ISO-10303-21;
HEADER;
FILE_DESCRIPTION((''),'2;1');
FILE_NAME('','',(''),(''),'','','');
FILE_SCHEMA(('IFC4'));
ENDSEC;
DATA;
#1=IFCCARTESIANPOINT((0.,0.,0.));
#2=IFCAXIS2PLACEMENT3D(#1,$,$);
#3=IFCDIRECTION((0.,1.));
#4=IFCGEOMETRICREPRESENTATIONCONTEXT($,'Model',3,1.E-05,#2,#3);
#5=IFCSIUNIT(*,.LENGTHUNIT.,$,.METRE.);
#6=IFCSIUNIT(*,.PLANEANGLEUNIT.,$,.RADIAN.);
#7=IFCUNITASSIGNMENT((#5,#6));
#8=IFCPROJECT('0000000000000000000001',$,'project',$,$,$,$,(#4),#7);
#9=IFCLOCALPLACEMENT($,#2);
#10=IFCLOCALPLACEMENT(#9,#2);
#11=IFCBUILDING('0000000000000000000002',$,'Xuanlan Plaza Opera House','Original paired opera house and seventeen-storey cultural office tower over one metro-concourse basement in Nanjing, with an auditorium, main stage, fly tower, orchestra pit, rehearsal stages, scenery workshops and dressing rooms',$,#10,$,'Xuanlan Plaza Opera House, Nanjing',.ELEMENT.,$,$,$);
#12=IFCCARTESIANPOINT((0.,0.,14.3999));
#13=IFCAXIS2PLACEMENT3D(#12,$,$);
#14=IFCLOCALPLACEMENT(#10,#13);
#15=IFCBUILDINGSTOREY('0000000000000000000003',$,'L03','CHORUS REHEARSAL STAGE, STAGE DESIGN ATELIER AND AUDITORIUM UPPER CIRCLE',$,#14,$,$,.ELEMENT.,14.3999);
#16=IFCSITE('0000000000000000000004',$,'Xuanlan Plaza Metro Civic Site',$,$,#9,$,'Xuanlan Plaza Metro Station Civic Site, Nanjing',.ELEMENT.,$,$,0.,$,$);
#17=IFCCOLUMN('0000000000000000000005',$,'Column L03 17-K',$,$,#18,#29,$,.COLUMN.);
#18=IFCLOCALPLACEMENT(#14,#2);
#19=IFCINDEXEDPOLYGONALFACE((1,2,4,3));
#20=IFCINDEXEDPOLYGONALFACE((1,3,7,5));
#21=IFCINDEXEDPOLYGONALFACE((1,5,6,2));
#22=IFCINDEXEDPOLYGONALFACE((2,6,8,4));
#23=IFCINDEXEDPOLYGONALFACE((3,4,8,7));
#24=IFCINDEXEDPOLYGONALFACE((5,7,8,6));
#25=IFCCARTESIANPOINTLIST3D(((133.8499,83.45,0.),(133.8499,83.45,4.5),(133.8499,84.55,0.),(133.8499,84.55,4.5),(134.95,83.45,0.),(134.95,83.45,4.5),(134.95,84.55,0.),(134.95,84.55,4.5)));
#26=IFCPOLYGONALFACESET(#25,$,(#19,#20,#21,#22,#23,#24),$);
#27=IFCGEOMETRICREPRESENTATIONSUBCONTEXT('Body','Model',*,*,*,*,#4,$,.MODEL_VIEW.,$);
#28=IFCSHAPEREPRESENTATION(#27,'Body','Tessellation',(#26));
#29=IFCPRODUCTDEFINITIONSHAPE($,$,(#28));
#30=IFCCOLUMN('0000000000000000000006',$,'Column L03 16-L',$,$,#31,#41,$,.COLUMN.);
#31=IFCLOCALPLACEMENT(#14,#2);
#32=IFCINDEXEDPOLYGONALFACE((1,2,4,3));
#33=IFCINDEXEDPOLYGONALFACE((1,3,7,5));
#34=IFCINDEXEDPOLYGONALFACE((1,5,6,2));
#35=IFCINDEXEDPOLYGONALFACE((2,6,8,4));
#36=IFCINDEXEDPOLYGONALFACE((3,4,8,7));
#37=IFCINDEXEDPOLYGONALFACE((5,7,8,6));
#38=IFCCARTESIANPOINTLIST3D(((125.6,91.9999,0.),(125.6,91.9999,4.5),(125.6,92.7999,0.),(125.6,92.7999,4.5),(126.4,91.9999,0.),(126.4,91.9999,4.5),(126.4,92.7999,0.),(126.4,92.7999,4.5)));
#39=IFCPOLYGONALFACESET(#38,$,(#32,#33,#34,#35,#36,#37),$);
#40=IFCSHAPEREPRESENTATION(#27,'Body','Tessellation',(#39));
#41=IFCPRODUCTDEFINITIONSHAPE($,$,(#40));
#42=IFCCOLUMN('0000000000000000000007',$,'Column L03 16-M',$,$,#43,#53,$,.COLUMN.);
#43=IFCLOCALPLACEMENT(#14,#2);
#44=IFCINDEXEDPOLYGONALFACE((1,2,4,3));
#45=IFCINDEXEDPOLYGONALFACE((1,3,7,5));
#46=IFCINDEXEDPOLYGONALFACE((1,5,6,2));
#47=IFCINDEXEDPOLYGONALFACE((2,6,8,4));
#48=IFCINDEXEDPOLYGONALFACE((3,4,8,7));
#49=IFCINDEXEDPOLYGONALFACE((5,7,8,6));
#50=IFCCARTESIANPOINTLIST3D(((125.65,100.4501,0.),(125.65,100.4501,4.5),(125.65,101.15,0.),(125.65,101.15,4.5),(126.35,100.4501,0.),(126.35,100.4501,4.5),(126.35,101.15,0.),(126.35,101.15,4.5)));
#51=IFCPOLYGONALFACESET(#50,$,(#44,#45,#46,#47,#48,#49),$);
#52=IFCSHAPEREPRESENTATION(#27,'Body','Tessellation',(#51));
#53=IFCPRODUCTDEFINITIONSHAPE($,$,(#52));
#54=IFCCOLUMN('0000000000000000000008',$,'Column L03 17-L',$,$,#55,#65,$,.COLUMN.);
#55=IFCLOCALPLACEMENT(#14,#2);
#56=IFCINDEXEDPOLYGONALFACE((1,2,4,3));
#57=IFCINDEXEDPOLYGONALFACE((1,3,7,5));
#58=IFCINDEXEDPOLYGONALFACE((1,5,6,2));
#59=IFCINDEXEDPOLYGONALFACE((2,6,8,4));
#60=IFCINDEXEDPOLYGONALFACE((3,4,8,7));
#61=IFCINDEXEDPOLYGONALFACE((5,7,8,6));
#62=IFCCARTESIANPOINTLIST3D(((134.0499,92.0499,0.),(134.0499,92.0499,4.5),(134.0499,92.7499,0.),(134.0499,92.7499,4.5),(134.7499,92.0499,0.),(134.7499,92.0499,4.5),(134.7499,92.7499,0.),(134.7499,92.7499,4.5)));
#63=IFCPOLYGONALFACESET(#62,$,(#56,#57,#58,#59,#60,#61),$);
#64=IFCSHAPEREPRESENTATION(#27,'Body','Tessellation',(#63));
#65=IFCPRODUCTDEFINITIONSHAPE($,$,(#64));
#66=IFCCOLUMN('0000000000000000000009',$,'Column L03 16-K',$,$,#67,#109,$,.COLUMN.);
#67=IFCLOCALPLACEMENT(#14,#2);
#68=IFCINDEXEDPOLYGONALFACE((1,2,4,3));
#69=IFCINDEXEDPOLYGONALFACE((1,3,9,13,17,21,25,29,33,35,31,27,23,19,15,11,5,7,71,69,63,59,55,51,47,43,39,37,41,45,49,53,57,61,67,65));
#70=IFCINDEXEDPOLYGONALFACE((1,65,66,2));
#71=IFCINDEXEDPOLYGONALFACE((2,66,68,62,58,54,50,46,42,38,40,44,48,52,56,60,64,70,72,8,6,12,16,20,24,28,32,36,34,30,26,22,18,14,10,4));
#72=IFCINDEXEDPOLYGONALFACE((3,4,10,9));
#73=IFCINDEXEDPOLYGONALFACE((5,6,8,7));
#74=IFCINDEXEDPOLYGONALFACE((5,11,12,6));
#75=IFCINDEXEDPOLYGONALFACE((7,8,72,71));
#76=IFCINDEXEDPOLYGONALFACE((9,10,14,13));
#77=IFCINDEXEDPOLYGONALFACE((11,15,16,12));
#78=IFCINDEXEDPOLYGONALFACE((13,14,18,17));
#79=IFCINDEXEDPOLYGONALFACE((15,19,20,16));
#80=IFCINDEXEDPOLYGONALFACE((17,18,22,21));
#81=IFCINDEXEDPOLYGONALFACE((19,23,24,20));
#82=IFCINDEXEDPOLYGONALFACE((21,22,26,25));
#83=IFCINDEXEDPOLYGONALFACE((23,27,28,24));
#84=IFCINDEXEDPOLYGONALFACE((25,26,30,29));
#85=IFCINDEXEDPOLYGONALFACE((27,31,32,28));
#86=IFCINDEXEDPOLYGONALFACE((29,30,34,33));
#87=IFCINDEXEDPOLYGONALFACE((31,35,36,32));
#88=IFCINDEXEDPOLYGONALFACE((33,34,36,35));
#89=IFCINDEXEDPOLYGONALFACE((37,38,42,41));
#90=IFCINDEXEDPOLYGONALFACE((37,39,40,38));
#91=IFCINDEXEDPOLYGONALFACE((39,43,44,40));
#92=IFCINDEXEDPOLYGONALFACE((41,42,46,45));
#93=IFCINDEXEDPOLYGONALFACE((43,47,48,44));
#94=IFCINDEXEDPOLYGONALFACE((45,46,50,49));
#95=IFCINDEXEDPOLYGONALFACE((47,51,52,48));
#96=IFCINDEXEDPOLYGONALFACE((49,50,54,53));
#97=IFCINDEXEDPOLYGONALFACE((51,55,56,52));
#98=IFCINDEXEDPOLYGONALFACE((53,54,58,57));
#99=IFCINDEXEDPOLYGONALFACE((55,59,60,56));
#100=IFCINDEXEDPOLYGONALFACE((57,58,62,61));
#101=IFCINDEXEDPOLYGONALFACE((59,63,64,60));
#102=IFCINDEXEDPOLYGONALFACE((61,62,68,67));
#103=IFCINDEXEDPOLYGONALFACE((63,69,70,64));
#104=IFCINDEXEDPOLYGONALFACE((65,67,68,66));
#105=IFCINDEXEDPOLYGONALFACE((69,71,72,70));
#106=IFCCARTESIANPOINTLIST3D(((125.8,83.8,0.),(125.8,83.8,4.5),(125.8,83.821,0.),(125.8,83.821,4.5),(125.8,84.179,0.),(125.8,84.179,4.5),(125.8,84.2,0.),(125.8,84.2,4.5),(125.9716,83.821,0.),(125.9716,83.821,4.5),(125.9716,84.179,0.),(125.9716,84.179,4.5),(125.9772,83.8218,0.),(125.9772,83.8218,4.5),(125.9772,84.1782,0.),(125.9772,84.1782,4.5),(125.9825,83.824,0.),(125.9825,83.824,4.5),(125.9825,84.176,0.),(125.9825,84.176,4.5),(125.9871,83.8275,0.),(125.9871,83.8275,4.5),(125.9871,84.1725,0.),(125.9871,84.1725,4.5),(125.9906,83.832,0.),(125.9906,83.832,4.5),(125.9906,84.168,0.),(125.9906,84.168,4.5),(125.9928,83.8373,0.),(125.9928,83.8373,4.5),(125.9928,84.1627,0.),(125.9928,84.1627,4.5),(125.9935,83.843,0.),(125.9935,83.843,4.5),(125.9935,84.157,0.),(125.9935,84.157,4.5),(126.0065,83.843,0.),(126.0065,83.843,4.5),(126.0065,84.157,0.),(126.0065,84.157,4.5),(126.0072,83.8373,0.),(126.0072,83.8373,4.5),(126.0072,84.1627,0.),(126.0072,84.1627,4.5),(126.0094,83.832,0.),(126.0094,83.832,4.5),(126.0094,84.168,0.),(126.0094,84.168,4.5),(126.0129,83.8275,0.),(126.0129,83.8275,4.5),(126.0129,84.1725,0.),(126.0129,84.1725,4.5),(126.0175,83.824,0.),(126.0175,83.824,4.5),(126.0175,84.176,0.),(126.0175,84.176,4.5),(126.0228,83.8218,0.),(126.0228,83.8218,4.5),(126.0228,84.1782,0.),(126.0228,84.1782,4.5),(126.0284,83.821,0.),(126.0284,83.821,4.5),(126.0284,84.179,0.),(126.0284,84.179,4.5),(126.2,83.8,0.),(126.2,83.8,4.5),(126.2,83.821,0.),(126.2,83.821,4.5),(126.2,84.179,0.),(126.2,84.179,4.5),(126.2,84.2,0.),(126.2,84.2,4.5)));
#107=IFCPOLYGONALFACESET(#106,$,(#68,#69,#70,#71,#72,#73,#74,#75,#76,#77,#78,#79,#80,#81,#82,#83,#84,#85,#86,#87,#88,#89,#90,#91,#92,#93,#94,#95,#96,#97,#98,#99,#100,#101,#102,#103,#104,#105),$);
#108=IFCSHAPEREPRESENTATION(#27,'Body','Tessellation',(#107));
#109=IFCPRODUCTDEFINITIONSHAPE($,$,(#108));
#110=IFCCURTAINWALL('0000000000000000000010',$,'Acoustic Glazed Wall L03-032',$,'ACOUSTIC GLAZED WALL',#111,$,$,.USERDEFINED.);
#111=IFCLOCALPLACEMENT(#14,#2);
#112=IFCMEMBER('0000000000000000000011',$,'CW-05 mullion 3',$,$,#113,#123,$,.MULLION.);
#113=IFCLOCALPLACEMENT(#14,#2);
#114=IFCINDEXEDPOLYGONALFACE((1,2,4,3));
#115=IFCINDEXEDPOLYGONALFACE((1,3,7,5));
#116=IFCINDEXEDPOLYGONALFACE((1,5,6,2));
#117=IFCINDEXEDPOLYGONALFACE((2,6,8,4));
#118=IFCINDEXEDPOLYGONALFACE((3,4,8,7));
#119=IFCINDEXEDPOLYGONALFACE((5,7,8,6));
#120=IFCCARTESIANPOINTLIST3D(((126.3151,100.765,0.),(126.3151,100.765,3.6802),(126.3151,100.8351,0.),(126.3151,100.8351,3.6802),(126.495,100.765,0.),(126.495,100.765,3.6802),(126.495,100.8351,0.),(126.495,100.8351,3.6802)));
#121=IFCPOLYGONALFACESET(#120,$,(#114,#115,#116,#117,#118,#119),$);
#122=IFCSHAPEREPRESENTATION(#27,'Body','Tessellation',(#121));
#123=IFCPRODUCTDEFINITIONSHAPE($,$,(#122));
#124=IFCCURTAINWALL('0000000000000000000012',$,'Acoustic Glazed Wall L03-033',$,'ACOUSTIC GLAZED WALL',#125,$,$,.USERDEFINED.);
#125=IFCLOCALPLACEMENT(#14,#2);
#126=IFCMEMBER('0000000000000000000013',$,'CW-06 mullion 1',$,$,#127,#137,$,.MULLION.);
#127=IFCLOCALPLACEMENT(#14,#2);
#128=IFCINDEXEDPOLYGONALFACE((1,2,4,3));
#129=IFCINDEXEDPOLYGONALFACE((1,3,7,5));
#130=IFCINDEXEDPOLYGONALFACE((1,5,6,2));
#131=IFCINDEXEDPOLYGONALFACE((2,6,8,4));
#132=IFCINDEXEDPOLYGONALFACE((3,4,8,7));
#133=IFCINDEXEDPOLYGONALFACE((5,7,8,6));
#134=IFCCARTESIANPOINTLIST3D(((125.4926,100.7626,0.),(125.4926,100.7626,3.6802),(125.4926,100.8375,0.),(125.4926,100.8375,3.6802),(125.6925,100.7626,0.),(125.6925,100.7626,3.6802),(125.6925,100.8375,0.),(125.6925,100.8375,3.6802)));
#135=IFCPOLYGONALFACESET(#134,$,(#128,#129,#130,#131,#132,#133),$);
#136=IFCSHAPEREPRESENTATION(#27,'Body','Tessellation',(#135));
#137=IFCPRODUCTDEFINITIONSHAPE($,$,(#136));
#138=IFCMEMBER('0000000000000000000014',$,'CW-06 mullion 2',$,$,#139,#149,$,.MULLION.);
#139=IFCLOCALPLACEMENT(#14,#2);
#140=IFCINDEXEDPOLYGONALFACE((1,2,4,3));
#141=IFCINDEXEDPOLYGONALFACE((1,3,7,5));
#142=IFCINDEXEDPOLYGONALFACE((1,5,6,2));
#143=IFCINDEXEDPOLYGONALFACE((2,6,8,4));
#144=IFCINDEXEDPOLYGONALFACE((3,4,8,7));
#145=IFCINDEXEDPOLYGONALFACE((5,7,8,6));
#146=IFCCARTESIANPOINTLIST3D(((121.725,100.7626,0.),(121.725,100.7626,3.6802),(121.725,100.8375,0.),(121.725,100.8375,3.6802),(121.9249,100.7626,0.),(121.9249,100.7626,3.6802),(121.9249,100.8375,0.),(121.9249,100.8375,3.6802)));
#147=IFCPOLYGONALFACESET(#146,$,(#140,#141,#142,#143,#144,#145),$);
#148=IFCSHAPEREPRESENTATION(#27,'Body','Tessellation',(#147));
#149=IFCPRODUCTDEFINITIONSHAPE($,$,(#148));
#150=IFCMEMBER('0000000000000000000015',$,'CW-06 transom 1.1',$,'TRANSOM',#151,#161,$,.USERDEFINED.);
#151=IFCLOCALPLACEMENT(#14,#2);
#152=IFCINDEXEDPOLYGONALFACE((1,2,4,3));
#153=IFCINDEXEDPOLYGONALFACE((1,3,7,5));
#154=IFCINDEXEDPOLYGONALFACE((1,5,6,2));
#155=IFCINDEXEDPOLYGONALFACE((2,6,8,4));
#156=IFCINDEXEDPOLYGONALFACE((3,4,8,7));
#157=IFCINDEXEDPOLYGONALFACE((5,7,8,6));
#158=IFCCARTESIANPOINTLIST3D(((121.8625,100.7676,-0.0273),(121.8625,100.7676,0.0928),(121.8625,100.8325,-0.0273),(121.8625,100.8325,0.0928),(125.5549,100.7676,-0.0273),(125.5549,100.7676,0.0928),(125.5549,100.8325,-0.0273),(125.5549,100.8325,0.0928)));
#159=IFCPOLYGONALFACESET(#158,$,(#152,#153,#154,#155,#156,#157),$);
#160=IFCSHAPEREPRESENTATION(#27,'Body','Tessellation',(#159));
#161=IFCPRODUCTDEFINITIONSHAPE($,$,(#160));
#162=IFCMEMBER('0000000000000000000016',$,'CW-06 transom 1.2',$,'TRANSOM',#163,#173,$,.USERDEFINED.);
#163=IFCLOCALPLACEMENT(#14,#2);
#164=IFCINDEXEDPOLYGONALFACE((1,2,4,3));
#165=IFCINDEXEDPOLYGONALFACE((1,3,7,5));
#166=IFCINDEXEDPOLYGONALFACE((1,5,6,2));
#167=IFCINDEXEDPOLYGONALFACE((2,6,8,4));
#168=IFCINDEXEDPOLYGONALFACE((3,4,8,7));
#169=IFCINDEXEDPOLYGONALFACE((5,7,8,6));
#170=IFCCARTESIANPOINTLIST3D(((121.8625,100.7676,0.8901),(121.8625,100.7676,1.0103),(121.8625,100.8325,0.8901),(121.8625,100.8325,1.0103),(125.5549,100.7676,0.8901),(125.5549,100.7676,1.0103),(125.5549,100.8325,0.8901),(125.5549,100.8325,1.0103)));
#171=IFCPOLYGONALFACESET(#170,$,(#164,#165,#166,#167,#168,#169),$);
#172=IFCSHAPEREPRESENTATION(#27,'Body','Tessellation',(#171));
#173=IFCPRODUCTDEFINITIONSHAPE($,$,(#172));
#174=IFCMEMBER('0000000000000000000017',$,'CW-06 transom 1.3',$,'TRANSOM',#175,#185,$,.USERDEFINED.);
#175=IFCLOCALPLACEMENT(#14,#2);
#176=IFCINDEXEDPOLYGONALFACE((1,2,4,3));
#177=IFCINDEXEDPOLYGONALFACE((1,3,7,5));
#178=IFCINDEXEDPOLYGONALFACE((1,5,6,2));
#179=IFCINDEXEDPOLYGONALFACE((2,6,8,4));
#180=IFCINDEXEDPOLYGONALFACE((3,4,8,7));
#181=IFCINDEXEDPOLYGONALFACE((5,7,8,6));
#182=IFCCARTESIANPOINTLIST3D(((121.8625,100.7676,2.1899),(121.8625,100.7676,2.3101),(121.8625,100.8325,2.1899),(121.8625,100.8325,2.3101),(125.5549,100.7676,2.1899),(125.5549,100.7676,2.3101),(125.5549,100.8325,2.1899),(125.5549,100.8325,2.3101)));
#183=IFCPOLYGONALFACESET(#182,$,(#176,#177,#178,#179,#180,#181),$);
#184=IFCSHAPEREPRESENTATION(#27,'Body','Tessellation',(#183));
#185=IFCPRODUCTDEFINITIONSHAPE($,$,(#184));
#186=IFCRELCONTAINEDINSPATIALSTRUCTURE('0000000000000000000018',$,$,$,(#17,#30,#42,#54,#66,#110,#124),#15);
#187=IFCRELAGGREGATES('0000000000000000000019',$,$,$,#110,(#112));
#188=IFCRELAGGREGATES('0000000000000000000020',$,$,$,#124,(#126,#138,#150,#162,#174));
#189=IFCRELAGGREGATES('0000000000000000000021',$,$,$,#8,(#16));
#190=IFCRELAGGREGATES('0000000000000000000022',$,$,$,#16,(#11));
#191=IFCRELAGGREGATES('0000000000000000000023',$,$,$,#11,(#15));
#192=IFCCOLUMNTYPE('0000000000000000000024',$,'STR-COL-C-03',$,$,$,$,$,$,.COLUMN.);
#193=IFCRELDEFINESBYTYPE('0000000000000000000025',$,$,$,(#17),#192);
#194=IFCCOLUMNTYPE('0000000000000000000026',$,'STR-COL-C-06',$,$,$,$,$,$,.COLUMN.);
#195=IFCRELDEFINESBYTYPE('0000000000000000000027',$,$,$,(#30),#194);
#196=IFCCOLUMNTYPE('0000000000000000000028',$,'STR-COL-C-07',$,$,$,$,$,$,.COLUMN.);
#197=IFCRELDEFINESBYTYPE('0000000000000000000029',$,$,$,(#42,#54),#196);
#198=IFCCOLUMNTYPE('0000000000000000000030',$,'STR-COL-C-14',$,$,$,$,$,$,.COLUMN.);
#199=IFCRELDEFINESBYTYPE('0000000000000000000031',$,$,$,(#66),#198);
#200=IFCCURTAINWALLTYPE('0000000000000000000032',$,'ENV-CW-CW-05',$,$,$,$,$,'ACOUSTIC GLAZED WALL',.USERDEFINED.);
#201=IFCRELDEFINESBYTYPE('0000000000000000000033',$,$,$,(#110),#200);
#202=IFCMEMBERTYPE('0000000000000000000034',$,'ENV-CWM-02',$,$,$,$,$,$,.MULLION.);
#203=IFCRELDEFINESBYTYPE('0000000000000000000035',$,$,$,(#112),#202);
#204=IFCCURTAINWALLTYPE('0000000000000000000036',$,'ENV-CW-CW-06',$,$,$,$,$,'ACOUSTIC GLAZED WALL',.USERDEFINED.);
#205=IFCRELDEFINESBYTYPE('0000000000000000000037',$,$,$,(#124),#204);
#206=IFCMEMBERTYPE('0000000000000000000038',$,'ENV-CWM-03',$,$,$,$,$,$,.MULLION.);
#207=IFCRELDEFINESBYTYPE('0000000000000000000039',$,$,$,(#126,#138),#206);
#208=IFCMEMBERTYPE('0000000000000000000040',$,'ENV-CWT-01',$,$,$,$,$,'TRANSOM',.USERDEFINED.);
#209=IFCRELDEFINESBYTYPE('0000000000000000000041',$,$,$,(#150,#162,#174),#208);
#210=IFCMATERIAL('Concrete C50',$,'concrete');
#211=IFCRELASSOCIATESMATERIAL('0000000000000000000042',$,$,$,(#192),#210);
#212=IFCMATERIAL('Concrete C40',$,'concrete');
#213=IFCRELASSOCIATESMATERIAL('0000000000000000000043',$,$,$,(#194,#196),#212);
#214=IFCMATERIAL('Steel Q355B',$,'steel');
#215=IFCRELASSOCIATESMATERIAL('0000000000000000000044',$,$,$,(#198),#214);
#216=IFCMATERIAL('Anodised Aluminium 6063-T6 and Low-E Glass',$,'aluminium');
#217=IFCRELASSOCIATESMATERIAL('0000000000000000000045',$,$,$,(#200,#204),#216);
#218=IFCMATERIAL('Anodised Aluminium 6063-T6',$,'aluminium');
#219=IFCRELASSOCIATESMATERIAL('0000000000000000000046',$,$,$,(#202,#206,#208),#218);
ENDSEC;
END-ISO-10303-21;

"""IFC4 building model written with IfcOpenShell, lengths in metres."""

from ifc_helpers import new_model, si_unit, direction, frame, origin, origin_2d, place, context, subcontext, project, spatial, rectangle, i_section, extrude, material, material_profile, profile_set, type_object, element, aggregate, save


model = new_model("IFC4")

# Units and contexts
model_context = context("Model", 3, precision=1e-05, world=origin(), true_north=direction((0.0, 1.0)))
body_context = subcontext(model_context, "Body", "Model", "MODEL_VIEW")
ifc_project = project(units=[si_unit("LENGTHUNIT", "METRE"), si_unit("PLANEANGLEUNIT", "RADIAN")], contexts=[model_context])

# Site, building, storey
site_placement = place(None, origin())
site = spatial("IfcSite", under=ifc_project, at=site_placement, Name="Xuanlan Plaza Metro Civic Site", LongName="Xuanlan Plaza Metro Station Civic Site, Nanjing", CompositionType="ELEMENT", RefElevation=0.0)
building_placement = place(site_placement, origin())
building = spatial("IfcBuilding", under=site, at=building_placement, Name="Xuanlan Plaza Opera House", Description="Original paired opera house and seventeen-storey cultural office tower over one metro-concourse basement in Nanjing, with an auditorium, main stage, fly tower, orchestra pit, rehearsal stages, scenery workshops and dressing rooms", LongName="Xuanlan Plaza Opera House, Nanjing", CompositionType="ELEMENT")
storey_placement = place(building_placement, frame((0.0, 0.0, 14.3999)))
storey = spatial("IfcBuildingStorey", under=building, at=storey_placement, Name="L03", Description="CHORUS REHEARSAL STAGE, STAGE DESIGN ATELIER AND AUDITORIUM UPPER CIRCLE", CompositionType="ELEMENT", Elevation=14.3999)

# Columns
ifc_material_1 = material(Name="Concrete C50", Category="concrete")
ifc_material_profile_1 = material_profile(ifc_material_1, rectangle(XDim=1.1001, YDim=1.1001, at=origin_2d()), Name="RC-COL 1100x1100")
ifc_profile_set_1 = profile_set([ifc_material_profile_1], Name="Concrete C50")
column_type_1 = type_object("IfcColumnType", Name="STR-COL-C-03", PredefinedType="COLUMN", material=ifc_profile_set_1)
column_1_placement = place(storey_placement, frame((134.3999, 84.0, 0.0), z_axis=(0.0, 0.0, 1.0), x_axis=(1.0, 0.0, 0.0)))
element("IfcColumn", 1, at=column_1_placement, inside=storey, type_object=column_type_1, Name="Column L03 17-K", PredefinedType="COLUMN", context=body_context, shape_type="SweptSolid", body=[
    extrude(rectangle(XDim=1.1001, YDim=1.1001, at=origin_2d()), origin(), (0.0, 0.0, 1.0), 4.5),
])
ifc_material_2 = material(Name="Concrete C40", Category="concrete")
ifc_material_profile_2 = material_profile(ifc_material_2, rectangle(XDim=0.8, YDim=0.8, at=origin_2d()), Name="RC-COL 800x800")
ifc_profile_set_2 = profile_set([ifc_material_profile_2], Name="Concrete C40")
column_type_2 = type_object("IfcColumnType", Name="STR-COL-C-06", PredefinedType="COLUMN", material=ifc_profile_set_2)
column_2_placement = place(storey_placement, frame((126.0, 92.3999, 0.0), z_axis=(0.0, 0.0, 1.0), x_axis=(1.0, 0.0, 0.0)))
element("IfcColumn", 2, at=column_2_placement, inside=storey, type_object=column_type_2, Name="Column L03 16-L", PredefinedType="COLUMN", context=body_context, shape_type="SweptSolid", body=[
    extrude(rectangle(XDim=0.8, YDim=0.8, at=origin_2d()), origin(), (0.0, 0.0, 1.0), 4.5),
])
ifc_material_profile_3 = material_profile(ifc_material_2, rectangle(XDim=0.7, YDim=0.7, at=origin_2d()), Name="RC-COL 700x700")
ifc_profile_set_3 = profile_set([ifc_material_profile_3], Name="Concrete C40")
column_type_3 = type_object("IfcColumnType", Name="STR-COL-C-07", PredefinedType="COLUMN", material=ifc_profile_set_3)
for number, where, z_axis, x_axis, name in (
    (3, (126.0, 100.8, 0.0), (0.0, 0.0, 1.0), (1.0, 0.0, 0.0), "Column L03 16-M"),
    (4, (134.3999, 92.3999, 0.0), (0.0, 0.0, 1.0), (1.0, 0.0, 0.0), "Column L03 17-L"),
):
    element("IfcColumn", number, at=place(storey_placement, frame(where, z_axis=z_axis, x_axis=x_axis)), inside=storey, type_object=column_type_3, Name=name, PredefinedType="COLUMN", context=body_context, shape_type="SweptSolid", body=[
        extrude(rectangle(XDim=0.7, YDim=0.7, at=origin_2d()), origin(), (0.0, 0.0, 1.0), 4.5),
    ])
ifc_material_3 = material(Name="Steel Q355B", Category="steel")
ifc_material_profile_4 = material_profile(ifc_material_3, i_section(OverallWidth=0.3999, OverallDepth=0.3999, WebThickness=0.0129, FlangeThickness=0.021, FilletRadius=0.022, at=origin_2d()), Name="HW 400x400x13x21")
ifc_profile_set_4 = profile_set([ifc_material_profile_4], Name="Steel Q355B")
column_type_4 = type_object("IfcColumnType", Name="STR-COL-C-14", PredefinedType="COLUMN", material=ifc_profile_set_4)
column_3_placement = place(storey_placement, frame((126.0, 84.0, 0.0), z_axis=(0.0, 0.0, 1.0), x_axis=(1.0, 0.0, 0.0)))
element("IfcColumn", 5, at=column_3_placement, inside=storey, type_object=column_type_4, Name="Column L03 16-K", PredefinedType="COLUMN", context=body_context, shape_type="SweptSolid", body=[
    extrude(i_section(OverallWidth=0.3999, OverallDepth=0.3999, WebThickness=0.0129, FlangeThickness=0.021, FilletRadius=0.022, at=origin_2d()), origin(), (0.0, 0.0, 1.0), 4.5),
])

# Curtain wall, member
ifc_material_4 = material(Name="Anodised Aluminium 6063-T6 and Low-E Glass", Category="aluminium")
curtain_wall_type_1 = type_object("IfcCurtainWallType", Name="ENV-CW-CW-05", ElementType="ACOUSTIC GLAZED WALL", PredefinedType="USERDEFINED", material=ifc_material_4)
curtain_wall_1_placement = place(storey_placement, origin())
curtain_wall_1 = element("IfcCurtainWall", 6, at=curtain_wall_1_placement, inside=storey, type_object=curtain_wall_type_1, Name="Acoustic Glazed Wall L03-032", ObjectType="ACOUSTIC GLAZED WALL", PredefinedType="USERDEFINED")
ifc_material_5 = material(Name="Anodised Aluminium 6063-T6", Category="aluminium")
ifc_material_profile_5 = material_profile(ifc_material_5, rectangle(XDim=0.0701, YDim=0.1799, at=origin_2d()), Name="ALU-M 70x180")
ifc_profile_set_5 = profile_set([ifc_material_profile_5], Name="Anodised Aluminium 6063-T6")
member_type_1 = type_object("IfcMemberType", Name="ENV-CWM-02", PredefinedType="MULLION", material=ifc_profile_set_5)
member_1_placement = place(storey_placement, frame((126.405, 100.8, 0.0), z_axis=(0.0, 0.0, 1.0), x_axis=(0.0, -1.0, 0.0)))
member_1 = element("IfcMember", 7, at=member_1_placement, type_object=member_type_1, Name="CW-05 mullion 3", PredefinedType="MULLION", context=body_context, shape_type="SweptSolid", body=[
    extrude(rectangle(XDim=0.0701, YDim=0.1799, at=origin_2d()), origin(), (0.0, 0.0, 1.0), 3.6802),
])
aggregate(curtain_wall_1, [member_1])

# Curtain wall, members
curtain_wall_type_2 = type_object("IfcCurtainWallType", Name="ENV-CW-CW-06", ElementType="ACOUSTIC GLAZED WALL", PredefinedType="USERDEFINED", material=ifc_material_4)
curtain_wall_2_placement = place(storey_placement, origin())
curtain_wall_2 = element("IfcCurtainWall", 8, at=curtain_wall_2_placement, inside=storey, type_object=curtain_wall_type_2, Name="Acoustic Glazed Wall L03-033", ObjectType="ACOUSTIC GLAZED WALL", PredefinedType="USERDEFINED")
ifc_material_profile_6 = material_profile(ifc_material_5, rectangle(XDim=0.075, YDim=0.2, at=origin_2d()), Name="ALU-M 75x200")
ifc_profile_set_6 = profile_set([ifc_material_profile_6], Name="Anodised Aluminium 6063-T6")
member_type_2 = type_object("IfcMemberType", Name="ENV-CWM-03", PredefinedType="MULLION", material=ifc_profile_set_6)
member_2_placement = place(storey_placement, frame((125.5925, 100.8, 0.0), z_axis=(0.0, 0.0, 1.0), x_axis=(0.0, -1.0, 0.0)))
member_2 = element("IfcMember", 9, at=member_2_placement, type_object=member_type_2, Name="CW-06 mullion 1", PredefinedType="MULLION", context=body_context, shape_type="SweptSolid", body=[
    extrude(rectangle(XDim=0.075, YDim=0.2, at=origin_2d()), origin(), (0.0, 0.0, 1.0), 3.6802),
])
member_3_placement = place(storey_placement, frame((121.825, 100.8, 0.0), z_axis=(0.0, 0.0, 1.0), x_axis=(0.0, -1.0, 0.0)))
member_3 = element("IfcMember", 10, at=member_3_placement, type_object=member_type_2, Name="CW-06 mullion 2", PredefinedType="MULLION", context=body_context, shape_type="SweptSolid", body=[
    extrude(rectangle(XDim=0.075, YDim=0.2, at=origin_2d()), origin(), (0.0, 0.0, 1.0), 3.6802),
])
ifc_material_profile_7 = material_profile(ifc_material_5, rectangle(XDim=0.0649, YDim=0.1201, at=origin_2d()), Name="ALU-T 65x120")
ifc_profile_set_7 = profile_set([ifc_material_profile_7], Name="Anodised Aluminium 6063-T6")
member_type_3 = type_object("IfcMemberType", Name="ENV-CWT-01", ElementType="TRANSOM", PredefinedType="USERDEFINED", material=ifc_profile_set_7)
member_4_placement = place(storey_placement, frame((125.5549, 100.8, 0.0327), z_axis=(-1.0, 0.0, 0.0), x_axis=(0.0, -1.0, 0.0)))
member_4 = element("IfcMember", 11, at=member_4_placement, type_object=member_type_3, Name="CW-06 transom 1.1", ObjectType="TRANSOM", PredefinedType="USERDEFINED", context=body_context, shape_type="SweptSolid", body=[
    extrude(rectangle(XDim=0.0649, YDim=0.1201, at=origin_2d()), origin(), (0.0, 0.0, 1.0), 3.6924),
])
member_5_placement = place(storey_placement, frame((125.5549, 100.8, 0.9502), z_axis=(-1.0, 0.0, 0.0), x_axis=(0.0, -1.0, 0.0)))
member_5 = element("IfcMember", 12, at=member_5_placement, type_object=member_type_3, Name="CW-06 transom 1.2", ObjectType="TRANSOM", PredefinedType="USERDEFINED", context=body_context, shape_type="SweptSolid", body=[
    extrude(rectangle(XDim=0.0649, YDim=0.1201, at=origin_2d()), origin(), (0.0, 0.0, 1.0), 3.6924),
])
member_6_placement = place(storey_placement, frame((125.5549, 100.8, 2.25), z_axis=(-1.0, 0.0, 0.0), x_axis=(0.0, -1.0, 0.0)))
member_6 = element("IfcMember", 13, at=member_6_placement, type_object=member_type_3, Name="CW-06 transom 1.3", ObjectType="TRANSOM", PredefinedType="USERDEFINED", context=body_context, shape_type="SweptSolid", body=[
    extrude(rectangle(XDim=0.0649, YDim=0.1201, at=origin_2d()), origin(), (0.0, 0.0, 1.0), 3.6924),
])

aggregate(curtain_wall_2, [member_2, member_3, member_4, member_5, member_6])

save(model, "model.ifc")
